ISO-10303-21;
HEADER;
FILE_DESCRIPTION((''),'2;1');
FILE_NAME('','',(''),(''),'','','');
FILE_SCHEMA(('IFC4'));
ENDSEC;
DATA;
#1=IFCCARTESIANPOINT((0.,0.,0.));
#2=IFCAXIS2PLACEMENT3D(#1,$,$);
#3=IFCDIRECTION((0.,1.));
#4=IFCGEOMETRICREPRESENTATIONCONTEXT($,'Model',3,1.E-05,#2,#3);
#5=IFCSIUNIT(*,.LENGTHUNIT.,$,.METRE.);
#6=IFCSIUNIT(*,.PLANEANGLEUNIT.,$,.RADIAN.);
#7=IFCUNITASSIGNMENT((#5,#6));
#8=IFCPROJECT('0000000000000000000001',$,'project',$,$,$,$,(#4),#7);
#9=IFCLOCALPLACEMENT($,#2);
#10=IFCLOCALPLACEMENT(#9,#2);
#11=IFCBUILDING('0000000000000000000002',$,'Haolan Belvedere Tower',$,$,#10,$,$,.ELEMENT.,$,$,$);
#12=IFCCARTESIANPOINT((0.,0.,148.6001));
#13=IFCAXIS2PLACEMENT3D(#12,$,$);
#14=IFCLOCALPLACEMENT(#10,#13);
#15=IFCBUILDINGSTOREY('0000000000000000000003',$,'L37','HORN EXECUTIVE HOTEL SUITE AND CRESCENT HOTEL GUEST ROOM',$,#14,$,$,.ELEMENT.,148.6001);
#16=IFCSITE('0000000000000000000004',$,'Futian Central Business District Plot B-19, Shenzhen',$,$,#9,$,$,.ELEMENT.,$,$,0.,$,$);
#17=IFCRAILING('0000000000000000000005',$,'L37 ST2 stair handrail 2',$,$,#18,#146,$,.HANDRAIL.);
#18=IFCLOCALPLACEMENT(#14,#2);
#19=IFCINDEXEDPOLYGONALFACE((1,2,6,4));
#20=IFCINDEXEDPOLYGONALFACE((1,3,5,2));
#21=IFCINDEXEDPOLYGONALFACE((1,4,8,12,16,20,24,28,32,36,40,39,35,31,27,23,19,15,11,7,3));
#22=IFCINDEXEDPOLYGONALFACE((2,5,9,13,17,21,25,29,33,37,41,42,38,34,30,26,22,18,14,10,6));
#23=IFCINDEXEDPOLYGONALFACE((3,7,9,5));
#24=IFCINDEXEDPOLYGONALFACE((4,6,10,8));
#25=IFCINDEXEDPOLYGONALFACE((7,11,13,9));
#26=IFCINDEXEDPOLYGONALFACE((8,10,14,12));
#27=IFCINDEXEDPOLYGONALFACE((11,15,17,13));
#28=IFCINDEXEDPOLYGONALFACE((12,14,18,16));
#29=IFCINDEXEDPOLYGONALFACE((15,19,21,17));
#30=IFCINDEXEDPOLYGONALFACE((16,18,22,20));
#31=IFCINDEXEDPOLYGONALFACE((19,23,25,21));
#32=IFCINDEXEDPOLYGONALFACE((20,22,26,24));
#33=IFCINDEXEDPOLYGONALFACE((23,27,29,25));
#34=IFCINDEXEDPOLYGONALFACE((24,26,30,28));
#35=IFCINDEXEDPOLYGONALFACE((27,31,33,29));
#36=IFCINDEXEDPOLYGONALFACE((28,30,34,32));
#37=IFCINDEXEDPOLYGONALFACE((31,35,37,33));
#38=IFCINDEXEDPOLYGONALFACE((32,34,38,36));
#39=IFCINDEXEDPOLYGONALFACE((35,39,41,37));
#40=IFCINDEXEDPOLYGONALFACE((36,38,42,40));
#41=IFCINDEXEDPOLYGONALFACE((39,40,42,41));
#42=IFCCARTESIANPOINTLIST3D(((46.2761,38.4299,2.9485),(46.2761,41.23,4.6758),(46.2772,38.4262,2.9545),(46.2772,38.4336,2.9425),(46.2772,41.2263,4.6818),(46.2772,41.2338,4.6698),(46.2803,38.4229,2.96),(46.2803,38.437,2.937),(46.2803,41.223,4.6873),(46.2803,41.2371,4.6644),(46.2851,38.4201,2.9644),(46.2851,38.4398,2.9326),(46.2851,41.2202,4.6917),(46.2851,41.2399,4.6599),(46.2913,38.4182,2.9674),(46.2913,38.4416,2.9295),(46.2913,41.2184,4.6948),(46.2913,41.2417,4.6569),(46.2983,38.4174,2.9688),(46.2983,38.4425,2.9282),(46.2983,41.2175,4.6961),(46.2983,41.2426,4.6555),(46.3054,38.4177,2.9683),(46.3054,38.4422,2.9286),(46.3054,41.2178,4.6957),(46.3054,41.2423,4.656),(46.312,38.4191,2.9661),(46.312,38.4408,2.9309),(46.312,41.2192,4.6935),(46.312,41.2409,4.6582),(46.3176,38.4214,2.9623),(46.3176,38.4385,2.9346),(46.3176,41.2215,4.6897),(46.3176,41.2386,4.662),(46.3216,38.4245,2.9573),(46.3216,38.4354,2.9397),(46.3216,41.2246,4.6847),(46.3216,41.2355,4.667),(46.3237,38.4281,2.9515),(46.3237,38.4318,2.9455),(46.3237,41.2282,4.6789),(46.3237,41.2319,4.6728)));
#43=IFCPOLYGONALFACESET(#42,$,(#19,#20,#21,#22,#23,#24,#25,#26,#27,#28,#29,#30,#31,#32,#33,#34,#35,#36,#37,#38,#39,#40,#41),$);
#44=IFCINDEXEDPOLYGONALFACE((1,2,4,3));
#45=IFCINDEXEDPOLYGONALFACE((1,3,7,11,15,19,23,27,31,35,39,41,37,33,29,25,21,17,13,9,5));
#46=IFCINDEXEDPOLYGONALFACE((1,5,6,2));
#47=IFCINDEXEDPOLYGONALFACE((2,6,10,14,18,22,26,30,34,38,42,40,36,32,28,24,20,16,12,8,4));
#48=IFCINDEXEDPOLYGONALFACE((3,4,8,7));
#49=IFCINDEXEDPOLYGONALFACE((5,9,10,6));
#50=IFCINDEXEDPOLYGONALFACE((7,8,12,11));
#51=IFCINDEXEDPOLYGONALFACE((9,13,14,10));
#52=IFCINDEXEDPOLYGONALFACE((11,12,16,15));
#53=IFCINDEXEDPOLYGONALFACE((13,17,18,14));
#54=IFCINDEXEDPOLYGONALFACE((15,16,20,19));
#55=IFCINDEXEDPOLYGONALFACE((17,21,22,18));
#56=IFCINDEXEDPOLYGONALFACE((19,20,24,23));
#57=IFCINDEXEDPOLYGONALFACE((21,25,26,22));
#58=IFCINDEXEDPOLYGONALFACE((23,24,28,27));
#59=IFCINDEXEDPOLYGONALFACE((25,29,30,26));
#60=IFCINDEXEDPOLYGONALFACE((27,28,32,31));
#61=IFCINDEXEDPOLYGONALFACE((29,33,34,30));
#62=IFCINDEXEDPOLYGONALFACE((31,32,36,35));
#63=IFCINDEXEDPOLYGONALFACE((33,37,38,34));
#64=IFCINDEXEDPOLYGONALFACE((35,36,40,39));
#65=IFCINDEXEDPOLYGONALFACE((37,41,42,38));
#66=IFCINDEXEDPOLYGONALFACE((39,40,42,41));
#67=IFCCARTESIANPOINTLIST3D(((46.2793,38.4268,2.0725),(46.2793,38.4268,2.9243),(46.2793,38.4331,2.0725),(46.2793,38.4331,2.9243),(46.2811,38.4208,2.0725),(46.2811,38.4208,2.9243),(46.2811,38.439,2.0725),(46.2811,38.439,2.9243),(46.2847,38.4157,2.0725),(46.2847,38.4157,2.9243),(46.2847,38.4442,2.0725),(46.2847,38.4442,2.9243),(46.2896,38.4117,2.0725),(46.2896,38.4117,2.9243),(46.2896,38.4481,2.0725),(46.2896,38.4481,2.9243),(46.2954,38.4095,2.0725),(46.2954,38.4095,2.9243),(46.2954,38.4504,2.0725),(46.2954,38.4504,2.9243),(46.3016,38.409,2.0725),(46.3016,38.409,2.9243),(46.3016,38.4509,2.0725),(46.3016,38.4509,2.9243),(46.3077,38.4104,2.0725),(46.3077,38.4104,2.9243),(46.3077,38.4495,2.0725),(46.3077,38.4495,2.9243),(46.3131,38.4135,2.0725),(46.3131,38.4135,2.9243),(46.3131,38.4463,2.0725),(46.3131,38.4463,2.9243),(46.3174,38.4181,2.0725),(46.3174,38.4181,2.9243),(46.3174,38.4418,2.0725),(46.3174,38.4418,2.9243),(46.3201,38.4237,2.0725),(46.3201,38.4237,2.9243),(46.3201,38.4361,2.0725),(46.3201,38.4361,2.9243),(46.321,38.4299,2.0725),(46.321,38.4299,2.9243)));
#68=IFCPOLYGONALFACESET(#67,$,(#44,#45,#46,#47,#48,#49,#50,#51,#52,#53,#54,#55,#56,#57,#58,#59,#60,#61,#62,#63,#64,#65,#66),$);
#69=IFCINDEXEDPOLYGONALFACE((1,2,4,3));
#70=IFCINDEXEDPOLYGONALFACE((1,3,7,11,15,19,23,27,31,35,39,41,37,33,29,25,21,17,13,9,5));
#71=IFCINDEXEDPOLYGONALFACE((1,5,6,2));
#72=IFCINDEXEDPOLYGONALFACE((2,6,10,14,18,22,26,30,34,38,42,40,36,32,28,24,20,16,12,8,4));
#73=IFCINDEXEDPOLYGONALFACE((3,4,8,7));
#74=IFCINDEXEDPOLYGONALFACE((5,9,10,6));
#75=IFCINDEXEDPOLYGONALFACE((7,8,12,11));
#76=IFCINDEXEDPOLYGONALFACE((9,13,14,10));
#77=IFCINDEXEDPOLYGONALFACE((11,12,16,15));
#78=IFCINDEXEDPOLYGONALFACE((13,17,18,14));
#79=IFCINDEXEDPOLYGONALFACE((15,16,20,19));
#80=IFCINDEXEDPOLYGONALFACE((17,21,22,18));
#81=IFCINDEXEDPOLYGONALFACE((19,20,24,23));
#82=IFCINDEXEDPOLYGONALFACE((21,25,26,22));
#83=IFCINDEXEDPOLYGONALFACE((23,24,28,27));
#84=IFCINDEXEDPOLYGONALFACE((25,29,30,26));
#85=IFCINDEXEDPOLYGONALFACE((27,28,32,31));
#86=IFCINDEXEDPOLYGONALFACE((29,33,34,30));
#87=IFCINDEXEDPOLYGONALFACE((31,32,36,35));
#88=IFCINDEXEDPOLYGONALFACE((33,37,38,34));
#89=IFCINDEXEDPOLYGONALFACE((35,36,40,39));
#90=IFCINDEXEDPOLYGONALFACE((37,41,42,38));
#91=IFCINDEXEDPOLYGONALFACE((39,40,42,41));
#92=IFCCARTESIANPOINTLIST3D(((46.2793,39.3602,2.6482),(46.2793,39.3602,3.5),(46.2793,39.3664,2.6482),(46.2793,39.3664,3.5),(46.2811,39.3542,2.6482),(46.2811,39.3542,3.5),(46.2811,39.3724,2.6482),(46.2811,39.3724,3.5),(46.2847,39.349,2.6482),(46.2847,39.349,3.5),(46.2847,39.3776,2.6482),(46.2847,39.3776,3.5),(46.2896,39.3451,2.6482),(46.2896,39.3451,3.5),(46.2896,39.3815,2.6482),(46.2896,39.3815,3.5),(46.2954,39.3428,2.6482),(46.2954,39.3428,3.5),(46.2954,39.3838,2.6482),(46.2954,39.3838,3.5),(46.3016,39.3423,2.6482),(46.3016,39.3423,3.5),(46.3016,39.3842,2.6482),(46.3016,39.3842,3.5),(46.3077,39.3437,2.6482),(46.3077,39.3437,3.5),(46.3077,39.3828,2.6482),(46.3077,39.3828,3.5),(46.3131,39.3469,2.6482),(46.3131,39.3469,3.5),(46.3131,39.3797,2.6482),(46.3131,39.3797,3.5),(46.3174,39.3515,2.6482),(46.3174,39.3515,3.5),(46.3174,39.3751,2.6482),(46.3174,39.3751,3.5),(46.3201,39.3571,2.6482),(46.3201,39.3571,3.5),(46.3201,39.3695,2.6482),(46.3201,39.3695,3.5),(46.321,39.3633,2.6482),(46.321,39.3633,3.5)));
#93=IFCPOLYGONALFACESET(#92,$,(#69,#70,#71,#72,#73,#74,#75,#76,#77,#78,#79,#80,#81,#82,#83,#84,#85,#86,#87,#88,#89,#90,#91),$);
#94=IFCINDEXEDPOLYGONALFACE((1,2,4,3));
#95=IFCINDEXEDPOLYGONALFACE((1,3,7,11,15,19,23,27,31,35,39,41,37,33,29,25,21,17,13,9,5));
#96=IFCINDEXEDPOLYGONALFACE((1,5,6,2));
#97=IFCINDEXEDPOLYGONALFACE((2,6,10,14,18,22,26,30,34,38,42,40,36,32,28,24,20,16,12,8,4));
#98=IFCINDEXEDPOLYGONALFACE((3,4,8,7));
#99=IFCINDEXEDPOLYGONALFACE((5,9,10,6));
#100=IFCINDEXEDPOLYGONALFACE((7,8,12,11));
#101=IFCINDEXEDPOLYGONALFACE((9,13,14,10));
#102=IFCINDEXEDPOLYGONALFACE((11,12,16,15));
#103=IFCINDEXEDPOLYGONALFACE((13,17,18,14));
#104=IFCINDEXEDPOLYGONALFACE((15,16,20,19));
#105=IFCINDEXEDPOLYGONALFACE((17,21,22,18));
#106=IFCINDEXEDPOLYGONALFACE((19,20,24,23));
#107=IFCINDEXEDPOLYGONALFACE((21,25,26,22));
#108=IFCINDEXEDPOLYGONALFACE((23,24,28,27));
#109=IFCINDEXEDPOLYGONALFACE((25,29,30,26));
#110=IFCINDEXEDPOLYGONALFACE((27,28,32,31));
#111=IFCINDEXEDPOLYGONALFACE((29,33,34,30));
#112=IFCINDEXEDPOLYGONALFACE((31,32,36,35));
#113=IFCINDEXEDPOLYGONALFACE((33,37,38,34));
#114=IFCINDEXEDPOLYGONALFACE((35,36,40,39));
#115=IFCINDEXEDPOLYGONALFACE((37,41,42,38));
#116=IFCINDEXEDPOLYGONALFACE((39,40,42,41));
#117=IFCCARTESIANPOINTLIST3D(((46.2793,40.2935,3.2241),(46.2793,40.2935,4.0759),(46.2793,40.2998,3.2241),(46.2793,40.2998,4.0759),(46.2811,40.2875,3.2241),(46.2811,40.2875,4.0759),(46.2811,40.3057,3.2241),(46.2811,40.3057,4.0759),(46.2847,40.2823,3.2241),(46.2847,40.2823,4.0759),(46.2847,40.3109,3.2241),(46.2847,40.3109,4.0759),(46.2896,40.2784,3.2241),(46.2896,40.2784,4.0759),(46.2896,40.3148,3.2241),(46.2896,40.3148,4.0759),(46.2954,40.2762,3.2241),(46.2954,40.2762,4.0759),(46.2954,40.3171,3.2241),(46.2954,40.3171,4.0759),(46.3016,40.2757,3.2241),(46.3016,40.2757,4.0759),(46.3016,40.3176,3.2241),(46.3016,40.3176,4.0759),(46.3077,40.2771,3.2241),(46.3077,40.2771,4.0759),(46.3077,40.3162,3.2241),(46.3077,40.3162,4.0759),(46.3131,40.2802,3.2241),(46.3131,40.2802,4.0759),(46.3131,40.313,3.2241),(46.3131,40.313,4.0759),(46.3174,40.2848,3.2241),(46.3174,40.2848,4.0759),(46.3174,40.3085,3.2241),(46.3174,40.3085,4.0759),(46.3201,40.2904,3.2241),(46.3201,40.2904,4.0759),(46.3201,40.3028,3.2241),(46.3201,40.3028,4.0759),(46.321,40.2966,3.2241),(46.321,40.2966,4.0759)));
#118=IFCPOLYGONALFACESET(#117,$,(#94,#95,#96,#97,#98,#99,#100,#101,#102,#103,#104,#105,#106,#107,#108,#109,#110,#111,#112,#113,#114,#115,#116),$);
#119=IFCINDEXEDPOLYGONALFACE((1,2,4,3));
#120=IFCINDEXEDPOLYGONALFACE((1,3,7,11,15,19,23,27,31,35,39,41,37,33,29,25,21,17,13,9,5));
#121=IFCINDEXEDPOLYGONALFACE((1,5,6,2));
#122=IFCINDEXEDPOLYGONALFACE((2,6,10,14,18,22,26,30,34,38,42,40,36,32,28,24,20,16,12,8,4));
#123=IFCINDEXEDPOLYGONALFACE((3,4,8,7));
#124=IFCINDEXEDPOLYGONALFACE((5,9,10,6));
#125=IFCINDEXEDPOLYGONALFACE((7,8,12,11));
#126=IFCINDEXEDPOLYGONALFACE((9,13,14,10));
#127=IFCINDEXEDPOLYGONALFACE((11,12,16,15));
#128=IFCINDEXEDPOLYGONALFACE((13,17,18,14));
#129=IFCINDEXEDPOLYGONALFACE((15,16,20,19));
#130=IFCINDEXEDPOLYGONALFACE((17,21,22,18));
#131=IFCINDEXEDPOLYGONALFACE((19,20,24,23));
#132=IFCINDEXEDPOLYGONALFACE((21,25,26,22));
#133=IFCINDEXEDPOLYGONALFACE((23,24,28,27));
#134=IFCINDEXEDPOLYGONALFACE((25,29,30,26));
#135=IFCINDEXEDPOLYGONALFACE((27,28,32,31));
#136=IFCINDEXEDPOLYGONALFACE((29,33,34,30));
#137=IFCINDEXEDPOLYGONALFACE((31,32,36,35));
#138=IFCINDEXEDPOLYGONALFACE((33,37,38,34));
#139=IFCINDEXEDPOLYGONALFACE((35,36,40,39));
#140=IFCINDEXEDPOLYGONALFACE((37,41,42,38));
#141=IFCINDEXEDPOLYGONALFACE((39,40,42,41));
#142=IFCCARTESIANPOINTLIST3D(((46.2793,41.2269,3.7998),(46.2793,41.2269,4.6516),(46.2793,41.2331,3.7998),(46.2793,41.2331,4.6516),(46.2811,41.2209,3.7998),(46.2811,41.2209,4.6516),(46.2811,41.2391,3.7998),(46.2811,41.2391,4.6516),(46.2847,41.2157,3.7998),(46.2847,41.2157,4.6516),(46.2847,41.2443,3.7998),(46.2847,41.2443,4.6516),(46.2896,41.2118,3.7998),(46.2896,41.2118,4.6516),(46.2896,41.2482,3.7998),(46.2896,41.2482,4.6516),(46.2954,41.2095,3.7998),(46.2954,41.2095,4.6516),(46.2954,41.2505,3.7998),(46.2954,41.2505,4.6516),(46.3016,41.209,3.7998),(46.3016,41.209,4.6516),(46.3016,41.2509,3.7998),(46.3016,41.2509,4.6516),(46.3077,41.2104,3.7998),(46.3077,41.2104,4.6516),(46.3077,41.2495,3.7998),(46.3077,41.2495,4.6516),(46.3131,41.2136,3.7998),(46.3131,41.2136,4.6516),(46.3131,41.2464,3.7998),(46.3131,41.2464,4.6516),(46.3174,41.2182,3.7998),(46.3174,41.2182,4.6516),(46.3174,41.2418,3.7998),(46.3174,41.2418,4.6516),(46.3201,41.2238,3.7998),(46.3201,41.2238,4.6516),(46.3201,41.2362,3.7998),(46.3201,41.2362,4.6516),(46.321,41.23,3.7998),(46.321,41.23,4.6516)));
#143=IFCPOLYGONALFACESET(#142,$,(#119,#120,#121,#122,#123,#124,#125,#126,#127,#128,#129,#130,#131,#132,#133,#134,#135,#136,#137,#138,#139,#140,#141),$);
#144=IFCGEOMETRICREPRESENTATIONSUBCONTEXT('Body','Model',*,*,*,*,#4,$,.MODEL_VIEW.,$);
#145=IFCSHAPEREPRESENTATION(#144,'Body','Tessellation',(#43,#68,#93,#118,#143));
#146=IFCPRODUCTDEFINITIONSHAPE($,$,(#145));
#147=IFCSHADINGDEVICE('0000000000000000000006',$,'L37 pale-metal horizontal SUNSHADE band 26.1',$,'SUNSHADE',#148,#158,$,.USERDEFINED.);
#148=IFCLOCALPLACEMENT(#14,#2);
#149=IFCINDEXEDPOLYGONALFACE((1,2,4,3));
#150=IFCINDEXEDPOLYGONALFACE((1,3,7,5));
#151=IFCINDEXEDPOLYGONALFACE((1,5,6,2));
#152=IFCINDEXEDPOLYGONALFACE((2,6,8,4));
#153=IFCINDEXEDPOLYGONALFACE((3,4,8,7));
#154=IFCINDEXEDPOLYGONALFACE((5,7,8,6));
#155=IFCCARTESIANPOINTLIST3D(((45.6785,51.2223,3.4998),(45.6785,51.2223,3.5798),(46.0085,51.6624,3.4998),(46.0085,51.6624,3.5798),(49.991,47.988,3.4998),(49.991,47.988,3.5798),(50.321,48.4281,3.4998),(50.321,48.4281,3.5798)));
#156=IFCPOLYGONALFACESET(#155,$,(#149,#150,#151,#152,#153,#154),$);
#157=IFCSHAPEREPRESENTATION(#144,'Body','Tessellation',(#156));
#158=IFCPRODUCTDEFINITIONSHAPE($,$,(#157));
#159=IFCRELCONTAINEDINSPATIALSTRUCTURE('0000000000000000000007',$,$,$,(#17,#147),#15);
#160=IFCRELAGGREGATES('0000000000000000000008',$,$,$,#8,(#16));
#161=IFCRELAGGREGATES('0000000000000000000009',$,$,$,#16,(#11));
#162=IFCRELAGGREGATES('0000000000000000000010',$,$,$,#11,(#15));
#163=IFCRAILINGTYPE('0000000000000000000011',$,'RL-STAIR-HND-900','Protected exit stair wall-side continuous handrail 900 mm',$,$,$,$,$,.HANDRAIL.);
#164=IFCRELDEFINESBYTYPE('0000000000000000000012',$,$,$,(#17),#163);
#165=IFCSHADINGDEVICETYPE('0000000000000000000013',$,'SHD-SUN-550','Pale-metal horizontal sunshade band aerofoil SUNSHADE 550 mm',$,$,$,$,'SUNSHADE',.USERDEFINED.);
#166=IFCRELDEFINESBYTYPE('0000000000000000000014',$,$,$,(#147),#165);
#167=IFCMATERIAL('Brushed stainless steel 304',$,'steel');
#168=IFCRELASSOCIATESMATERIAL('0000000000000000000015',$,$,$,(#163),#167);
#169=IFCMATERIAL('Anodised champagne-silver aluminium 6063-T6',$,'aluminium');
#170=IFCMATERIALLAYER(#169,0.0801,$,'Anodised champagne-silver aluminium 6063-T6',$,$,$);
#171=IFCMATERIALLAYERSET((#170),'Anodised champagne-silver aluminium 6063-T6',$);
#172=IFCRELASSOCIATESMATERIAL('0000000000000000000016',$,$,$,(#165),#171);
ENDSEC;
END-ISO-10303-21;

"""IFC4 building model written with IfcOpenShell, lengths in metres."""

from ifc_helpers import new_model, si_unit, direction, frame, origin, origin_2d, place, context, subcontext, project, spatial, rectangle, circle, extrude, material, layer, layer_set, type_object, element, save


model = new_model("IFC4")

# Units and contexts
model_context = context("Model", 3, precision=1e-05, world=origin(), true_north=direction((0.0, 1.0)))
body_context = subcontext(model_context, "Body", "Model", "MODEL_VIEW")
ifc_project = project(units=[si_unit("LENGTHUNIT", "METRE"), si_unit("PLANEANGLEUNIT", "RADIAN")], contexts=[model_context])

# Site, building, storey
site_placement = place(None, origin())
site = spatial("IfcSite", under=ifc_project, at=site_placement, Name="Futian Central Business District Plot B-19, Shenzhen", CompositionType="ELEMENT", RefElevation=0.0)
building_placement = place(site_placement, origin())
building = spatial("IfcBuilding", under=site, at=building_placement, Name="Haolan Belvedere Tower", CompositionType="ELEMENT")
storey_placement = place(building_placement, frame((0.0, 0.0, 148.6001)))
storey = spatial("IfcBuildingStorey", under=building, at=storey_placement, Name="L37", Description="HORN EXECUTIVE HOTEL SUITE AND CRESCENT HOTEL GUEST ROOM", CompositionType="ELEMENT", Elevation=148.6001)

# Railing
ifc_material_1 = material(Name="Brushed stainless steel 304", Category="steel")
railing_type = type_object("IfcRailingType", Name="RL-STAIR-HND-900", Description="Protected exit stair wall-side continuous handrail 900 mm", PredefinedType="HANDRAIL", material=ifc_material_1)
railing_placement = place(storey_placement, frame((46.3, 38.4299, 2.0725)))
element("IfcRailing", 1, at=railing_placement, inside=storey, type_object=railing_type, Name="L37 ST2 stair handrail 2", PredefinedType="HANDRAIL", context=body_context, shape_type="SweptSolid", body=[
    extrude(circle(Radius=0.0239, at=origin_2d()), frame((0.0, 0.0, 0.876), z_axis=(0.0, 0.85109, 0.52502), x_axis=(-1.0, 0.0, 0.0)), (0.0, 0.0, 1.0), 3.29),
    extrude(circle(Radius=0.021, at=origin_2d()), origin(), (0.0, 0.0, 1.0), 0.8518),
    extrude(circle(Radius=0.021, at=origin_2d()), frame((0.0, 0.9333, 0.5757)), (0.0, 0.0, 1.0), 0.8518),
    extrude(circle(Radius=0.021, at=origin_2d()), frame((0.0, 1.8667, 1.1516)), (0.0, 0.0, 1.0), 0.8518),
    extrude(circle(Radius=0.021, at=origin_2d()), frame((0.0, 2.8, 1.7273)), (0.0, 0.0, 1.0), 0.8518),
])

# Shading device
ifc_material_2 = material(Name="Anodised champagne-silver aluminium 6063-T6", Category="aluminium")
ifc_layer_1 = layer(ifc_material_2, 0.0801, Name="Anodised champagne-silver aluminium 6063-T6")
ifc_layer_set_1 = layer_set([ifc_layer_1], Name="Anodised champagne-silver aluminium 6063-T6")
shading_device_type = type_object("IfcShadingDeviceType", Name="SHD-SUN-550", Description="Pale-metal horizontal sunshade band aerofoil SUNSHADE 550 mm", ElementType="SUNSHADE", PredefinedType="USERDEFINED", material=ifc_layer_set_1)
shading_device_placement = place(storey_placement, frame((47.9998, 49.8252, 3.4998), z_axis=(0.0, 0.0, 1.0), x_axis=(-0.800009, 0.599987, 0.0)))
element("IfcShadingDevice", 2, at=shading_device_placement, inside=storey, type_object=shading_device_type, Name="L37 pale-metal horizontal SUNSHADE band 26.1", ObjectType="SUNSHADE", PredefinedType="USERDEFINED", context=body_context, shape_type="SweptSolid", body=[
    extrude(rectangle(XDim=5.3906, YDim=0.55, at=origin_2d()), origin(), (0.0, 0.0, 1.0), 0.0801),
])

save(model, "model.ifc")
